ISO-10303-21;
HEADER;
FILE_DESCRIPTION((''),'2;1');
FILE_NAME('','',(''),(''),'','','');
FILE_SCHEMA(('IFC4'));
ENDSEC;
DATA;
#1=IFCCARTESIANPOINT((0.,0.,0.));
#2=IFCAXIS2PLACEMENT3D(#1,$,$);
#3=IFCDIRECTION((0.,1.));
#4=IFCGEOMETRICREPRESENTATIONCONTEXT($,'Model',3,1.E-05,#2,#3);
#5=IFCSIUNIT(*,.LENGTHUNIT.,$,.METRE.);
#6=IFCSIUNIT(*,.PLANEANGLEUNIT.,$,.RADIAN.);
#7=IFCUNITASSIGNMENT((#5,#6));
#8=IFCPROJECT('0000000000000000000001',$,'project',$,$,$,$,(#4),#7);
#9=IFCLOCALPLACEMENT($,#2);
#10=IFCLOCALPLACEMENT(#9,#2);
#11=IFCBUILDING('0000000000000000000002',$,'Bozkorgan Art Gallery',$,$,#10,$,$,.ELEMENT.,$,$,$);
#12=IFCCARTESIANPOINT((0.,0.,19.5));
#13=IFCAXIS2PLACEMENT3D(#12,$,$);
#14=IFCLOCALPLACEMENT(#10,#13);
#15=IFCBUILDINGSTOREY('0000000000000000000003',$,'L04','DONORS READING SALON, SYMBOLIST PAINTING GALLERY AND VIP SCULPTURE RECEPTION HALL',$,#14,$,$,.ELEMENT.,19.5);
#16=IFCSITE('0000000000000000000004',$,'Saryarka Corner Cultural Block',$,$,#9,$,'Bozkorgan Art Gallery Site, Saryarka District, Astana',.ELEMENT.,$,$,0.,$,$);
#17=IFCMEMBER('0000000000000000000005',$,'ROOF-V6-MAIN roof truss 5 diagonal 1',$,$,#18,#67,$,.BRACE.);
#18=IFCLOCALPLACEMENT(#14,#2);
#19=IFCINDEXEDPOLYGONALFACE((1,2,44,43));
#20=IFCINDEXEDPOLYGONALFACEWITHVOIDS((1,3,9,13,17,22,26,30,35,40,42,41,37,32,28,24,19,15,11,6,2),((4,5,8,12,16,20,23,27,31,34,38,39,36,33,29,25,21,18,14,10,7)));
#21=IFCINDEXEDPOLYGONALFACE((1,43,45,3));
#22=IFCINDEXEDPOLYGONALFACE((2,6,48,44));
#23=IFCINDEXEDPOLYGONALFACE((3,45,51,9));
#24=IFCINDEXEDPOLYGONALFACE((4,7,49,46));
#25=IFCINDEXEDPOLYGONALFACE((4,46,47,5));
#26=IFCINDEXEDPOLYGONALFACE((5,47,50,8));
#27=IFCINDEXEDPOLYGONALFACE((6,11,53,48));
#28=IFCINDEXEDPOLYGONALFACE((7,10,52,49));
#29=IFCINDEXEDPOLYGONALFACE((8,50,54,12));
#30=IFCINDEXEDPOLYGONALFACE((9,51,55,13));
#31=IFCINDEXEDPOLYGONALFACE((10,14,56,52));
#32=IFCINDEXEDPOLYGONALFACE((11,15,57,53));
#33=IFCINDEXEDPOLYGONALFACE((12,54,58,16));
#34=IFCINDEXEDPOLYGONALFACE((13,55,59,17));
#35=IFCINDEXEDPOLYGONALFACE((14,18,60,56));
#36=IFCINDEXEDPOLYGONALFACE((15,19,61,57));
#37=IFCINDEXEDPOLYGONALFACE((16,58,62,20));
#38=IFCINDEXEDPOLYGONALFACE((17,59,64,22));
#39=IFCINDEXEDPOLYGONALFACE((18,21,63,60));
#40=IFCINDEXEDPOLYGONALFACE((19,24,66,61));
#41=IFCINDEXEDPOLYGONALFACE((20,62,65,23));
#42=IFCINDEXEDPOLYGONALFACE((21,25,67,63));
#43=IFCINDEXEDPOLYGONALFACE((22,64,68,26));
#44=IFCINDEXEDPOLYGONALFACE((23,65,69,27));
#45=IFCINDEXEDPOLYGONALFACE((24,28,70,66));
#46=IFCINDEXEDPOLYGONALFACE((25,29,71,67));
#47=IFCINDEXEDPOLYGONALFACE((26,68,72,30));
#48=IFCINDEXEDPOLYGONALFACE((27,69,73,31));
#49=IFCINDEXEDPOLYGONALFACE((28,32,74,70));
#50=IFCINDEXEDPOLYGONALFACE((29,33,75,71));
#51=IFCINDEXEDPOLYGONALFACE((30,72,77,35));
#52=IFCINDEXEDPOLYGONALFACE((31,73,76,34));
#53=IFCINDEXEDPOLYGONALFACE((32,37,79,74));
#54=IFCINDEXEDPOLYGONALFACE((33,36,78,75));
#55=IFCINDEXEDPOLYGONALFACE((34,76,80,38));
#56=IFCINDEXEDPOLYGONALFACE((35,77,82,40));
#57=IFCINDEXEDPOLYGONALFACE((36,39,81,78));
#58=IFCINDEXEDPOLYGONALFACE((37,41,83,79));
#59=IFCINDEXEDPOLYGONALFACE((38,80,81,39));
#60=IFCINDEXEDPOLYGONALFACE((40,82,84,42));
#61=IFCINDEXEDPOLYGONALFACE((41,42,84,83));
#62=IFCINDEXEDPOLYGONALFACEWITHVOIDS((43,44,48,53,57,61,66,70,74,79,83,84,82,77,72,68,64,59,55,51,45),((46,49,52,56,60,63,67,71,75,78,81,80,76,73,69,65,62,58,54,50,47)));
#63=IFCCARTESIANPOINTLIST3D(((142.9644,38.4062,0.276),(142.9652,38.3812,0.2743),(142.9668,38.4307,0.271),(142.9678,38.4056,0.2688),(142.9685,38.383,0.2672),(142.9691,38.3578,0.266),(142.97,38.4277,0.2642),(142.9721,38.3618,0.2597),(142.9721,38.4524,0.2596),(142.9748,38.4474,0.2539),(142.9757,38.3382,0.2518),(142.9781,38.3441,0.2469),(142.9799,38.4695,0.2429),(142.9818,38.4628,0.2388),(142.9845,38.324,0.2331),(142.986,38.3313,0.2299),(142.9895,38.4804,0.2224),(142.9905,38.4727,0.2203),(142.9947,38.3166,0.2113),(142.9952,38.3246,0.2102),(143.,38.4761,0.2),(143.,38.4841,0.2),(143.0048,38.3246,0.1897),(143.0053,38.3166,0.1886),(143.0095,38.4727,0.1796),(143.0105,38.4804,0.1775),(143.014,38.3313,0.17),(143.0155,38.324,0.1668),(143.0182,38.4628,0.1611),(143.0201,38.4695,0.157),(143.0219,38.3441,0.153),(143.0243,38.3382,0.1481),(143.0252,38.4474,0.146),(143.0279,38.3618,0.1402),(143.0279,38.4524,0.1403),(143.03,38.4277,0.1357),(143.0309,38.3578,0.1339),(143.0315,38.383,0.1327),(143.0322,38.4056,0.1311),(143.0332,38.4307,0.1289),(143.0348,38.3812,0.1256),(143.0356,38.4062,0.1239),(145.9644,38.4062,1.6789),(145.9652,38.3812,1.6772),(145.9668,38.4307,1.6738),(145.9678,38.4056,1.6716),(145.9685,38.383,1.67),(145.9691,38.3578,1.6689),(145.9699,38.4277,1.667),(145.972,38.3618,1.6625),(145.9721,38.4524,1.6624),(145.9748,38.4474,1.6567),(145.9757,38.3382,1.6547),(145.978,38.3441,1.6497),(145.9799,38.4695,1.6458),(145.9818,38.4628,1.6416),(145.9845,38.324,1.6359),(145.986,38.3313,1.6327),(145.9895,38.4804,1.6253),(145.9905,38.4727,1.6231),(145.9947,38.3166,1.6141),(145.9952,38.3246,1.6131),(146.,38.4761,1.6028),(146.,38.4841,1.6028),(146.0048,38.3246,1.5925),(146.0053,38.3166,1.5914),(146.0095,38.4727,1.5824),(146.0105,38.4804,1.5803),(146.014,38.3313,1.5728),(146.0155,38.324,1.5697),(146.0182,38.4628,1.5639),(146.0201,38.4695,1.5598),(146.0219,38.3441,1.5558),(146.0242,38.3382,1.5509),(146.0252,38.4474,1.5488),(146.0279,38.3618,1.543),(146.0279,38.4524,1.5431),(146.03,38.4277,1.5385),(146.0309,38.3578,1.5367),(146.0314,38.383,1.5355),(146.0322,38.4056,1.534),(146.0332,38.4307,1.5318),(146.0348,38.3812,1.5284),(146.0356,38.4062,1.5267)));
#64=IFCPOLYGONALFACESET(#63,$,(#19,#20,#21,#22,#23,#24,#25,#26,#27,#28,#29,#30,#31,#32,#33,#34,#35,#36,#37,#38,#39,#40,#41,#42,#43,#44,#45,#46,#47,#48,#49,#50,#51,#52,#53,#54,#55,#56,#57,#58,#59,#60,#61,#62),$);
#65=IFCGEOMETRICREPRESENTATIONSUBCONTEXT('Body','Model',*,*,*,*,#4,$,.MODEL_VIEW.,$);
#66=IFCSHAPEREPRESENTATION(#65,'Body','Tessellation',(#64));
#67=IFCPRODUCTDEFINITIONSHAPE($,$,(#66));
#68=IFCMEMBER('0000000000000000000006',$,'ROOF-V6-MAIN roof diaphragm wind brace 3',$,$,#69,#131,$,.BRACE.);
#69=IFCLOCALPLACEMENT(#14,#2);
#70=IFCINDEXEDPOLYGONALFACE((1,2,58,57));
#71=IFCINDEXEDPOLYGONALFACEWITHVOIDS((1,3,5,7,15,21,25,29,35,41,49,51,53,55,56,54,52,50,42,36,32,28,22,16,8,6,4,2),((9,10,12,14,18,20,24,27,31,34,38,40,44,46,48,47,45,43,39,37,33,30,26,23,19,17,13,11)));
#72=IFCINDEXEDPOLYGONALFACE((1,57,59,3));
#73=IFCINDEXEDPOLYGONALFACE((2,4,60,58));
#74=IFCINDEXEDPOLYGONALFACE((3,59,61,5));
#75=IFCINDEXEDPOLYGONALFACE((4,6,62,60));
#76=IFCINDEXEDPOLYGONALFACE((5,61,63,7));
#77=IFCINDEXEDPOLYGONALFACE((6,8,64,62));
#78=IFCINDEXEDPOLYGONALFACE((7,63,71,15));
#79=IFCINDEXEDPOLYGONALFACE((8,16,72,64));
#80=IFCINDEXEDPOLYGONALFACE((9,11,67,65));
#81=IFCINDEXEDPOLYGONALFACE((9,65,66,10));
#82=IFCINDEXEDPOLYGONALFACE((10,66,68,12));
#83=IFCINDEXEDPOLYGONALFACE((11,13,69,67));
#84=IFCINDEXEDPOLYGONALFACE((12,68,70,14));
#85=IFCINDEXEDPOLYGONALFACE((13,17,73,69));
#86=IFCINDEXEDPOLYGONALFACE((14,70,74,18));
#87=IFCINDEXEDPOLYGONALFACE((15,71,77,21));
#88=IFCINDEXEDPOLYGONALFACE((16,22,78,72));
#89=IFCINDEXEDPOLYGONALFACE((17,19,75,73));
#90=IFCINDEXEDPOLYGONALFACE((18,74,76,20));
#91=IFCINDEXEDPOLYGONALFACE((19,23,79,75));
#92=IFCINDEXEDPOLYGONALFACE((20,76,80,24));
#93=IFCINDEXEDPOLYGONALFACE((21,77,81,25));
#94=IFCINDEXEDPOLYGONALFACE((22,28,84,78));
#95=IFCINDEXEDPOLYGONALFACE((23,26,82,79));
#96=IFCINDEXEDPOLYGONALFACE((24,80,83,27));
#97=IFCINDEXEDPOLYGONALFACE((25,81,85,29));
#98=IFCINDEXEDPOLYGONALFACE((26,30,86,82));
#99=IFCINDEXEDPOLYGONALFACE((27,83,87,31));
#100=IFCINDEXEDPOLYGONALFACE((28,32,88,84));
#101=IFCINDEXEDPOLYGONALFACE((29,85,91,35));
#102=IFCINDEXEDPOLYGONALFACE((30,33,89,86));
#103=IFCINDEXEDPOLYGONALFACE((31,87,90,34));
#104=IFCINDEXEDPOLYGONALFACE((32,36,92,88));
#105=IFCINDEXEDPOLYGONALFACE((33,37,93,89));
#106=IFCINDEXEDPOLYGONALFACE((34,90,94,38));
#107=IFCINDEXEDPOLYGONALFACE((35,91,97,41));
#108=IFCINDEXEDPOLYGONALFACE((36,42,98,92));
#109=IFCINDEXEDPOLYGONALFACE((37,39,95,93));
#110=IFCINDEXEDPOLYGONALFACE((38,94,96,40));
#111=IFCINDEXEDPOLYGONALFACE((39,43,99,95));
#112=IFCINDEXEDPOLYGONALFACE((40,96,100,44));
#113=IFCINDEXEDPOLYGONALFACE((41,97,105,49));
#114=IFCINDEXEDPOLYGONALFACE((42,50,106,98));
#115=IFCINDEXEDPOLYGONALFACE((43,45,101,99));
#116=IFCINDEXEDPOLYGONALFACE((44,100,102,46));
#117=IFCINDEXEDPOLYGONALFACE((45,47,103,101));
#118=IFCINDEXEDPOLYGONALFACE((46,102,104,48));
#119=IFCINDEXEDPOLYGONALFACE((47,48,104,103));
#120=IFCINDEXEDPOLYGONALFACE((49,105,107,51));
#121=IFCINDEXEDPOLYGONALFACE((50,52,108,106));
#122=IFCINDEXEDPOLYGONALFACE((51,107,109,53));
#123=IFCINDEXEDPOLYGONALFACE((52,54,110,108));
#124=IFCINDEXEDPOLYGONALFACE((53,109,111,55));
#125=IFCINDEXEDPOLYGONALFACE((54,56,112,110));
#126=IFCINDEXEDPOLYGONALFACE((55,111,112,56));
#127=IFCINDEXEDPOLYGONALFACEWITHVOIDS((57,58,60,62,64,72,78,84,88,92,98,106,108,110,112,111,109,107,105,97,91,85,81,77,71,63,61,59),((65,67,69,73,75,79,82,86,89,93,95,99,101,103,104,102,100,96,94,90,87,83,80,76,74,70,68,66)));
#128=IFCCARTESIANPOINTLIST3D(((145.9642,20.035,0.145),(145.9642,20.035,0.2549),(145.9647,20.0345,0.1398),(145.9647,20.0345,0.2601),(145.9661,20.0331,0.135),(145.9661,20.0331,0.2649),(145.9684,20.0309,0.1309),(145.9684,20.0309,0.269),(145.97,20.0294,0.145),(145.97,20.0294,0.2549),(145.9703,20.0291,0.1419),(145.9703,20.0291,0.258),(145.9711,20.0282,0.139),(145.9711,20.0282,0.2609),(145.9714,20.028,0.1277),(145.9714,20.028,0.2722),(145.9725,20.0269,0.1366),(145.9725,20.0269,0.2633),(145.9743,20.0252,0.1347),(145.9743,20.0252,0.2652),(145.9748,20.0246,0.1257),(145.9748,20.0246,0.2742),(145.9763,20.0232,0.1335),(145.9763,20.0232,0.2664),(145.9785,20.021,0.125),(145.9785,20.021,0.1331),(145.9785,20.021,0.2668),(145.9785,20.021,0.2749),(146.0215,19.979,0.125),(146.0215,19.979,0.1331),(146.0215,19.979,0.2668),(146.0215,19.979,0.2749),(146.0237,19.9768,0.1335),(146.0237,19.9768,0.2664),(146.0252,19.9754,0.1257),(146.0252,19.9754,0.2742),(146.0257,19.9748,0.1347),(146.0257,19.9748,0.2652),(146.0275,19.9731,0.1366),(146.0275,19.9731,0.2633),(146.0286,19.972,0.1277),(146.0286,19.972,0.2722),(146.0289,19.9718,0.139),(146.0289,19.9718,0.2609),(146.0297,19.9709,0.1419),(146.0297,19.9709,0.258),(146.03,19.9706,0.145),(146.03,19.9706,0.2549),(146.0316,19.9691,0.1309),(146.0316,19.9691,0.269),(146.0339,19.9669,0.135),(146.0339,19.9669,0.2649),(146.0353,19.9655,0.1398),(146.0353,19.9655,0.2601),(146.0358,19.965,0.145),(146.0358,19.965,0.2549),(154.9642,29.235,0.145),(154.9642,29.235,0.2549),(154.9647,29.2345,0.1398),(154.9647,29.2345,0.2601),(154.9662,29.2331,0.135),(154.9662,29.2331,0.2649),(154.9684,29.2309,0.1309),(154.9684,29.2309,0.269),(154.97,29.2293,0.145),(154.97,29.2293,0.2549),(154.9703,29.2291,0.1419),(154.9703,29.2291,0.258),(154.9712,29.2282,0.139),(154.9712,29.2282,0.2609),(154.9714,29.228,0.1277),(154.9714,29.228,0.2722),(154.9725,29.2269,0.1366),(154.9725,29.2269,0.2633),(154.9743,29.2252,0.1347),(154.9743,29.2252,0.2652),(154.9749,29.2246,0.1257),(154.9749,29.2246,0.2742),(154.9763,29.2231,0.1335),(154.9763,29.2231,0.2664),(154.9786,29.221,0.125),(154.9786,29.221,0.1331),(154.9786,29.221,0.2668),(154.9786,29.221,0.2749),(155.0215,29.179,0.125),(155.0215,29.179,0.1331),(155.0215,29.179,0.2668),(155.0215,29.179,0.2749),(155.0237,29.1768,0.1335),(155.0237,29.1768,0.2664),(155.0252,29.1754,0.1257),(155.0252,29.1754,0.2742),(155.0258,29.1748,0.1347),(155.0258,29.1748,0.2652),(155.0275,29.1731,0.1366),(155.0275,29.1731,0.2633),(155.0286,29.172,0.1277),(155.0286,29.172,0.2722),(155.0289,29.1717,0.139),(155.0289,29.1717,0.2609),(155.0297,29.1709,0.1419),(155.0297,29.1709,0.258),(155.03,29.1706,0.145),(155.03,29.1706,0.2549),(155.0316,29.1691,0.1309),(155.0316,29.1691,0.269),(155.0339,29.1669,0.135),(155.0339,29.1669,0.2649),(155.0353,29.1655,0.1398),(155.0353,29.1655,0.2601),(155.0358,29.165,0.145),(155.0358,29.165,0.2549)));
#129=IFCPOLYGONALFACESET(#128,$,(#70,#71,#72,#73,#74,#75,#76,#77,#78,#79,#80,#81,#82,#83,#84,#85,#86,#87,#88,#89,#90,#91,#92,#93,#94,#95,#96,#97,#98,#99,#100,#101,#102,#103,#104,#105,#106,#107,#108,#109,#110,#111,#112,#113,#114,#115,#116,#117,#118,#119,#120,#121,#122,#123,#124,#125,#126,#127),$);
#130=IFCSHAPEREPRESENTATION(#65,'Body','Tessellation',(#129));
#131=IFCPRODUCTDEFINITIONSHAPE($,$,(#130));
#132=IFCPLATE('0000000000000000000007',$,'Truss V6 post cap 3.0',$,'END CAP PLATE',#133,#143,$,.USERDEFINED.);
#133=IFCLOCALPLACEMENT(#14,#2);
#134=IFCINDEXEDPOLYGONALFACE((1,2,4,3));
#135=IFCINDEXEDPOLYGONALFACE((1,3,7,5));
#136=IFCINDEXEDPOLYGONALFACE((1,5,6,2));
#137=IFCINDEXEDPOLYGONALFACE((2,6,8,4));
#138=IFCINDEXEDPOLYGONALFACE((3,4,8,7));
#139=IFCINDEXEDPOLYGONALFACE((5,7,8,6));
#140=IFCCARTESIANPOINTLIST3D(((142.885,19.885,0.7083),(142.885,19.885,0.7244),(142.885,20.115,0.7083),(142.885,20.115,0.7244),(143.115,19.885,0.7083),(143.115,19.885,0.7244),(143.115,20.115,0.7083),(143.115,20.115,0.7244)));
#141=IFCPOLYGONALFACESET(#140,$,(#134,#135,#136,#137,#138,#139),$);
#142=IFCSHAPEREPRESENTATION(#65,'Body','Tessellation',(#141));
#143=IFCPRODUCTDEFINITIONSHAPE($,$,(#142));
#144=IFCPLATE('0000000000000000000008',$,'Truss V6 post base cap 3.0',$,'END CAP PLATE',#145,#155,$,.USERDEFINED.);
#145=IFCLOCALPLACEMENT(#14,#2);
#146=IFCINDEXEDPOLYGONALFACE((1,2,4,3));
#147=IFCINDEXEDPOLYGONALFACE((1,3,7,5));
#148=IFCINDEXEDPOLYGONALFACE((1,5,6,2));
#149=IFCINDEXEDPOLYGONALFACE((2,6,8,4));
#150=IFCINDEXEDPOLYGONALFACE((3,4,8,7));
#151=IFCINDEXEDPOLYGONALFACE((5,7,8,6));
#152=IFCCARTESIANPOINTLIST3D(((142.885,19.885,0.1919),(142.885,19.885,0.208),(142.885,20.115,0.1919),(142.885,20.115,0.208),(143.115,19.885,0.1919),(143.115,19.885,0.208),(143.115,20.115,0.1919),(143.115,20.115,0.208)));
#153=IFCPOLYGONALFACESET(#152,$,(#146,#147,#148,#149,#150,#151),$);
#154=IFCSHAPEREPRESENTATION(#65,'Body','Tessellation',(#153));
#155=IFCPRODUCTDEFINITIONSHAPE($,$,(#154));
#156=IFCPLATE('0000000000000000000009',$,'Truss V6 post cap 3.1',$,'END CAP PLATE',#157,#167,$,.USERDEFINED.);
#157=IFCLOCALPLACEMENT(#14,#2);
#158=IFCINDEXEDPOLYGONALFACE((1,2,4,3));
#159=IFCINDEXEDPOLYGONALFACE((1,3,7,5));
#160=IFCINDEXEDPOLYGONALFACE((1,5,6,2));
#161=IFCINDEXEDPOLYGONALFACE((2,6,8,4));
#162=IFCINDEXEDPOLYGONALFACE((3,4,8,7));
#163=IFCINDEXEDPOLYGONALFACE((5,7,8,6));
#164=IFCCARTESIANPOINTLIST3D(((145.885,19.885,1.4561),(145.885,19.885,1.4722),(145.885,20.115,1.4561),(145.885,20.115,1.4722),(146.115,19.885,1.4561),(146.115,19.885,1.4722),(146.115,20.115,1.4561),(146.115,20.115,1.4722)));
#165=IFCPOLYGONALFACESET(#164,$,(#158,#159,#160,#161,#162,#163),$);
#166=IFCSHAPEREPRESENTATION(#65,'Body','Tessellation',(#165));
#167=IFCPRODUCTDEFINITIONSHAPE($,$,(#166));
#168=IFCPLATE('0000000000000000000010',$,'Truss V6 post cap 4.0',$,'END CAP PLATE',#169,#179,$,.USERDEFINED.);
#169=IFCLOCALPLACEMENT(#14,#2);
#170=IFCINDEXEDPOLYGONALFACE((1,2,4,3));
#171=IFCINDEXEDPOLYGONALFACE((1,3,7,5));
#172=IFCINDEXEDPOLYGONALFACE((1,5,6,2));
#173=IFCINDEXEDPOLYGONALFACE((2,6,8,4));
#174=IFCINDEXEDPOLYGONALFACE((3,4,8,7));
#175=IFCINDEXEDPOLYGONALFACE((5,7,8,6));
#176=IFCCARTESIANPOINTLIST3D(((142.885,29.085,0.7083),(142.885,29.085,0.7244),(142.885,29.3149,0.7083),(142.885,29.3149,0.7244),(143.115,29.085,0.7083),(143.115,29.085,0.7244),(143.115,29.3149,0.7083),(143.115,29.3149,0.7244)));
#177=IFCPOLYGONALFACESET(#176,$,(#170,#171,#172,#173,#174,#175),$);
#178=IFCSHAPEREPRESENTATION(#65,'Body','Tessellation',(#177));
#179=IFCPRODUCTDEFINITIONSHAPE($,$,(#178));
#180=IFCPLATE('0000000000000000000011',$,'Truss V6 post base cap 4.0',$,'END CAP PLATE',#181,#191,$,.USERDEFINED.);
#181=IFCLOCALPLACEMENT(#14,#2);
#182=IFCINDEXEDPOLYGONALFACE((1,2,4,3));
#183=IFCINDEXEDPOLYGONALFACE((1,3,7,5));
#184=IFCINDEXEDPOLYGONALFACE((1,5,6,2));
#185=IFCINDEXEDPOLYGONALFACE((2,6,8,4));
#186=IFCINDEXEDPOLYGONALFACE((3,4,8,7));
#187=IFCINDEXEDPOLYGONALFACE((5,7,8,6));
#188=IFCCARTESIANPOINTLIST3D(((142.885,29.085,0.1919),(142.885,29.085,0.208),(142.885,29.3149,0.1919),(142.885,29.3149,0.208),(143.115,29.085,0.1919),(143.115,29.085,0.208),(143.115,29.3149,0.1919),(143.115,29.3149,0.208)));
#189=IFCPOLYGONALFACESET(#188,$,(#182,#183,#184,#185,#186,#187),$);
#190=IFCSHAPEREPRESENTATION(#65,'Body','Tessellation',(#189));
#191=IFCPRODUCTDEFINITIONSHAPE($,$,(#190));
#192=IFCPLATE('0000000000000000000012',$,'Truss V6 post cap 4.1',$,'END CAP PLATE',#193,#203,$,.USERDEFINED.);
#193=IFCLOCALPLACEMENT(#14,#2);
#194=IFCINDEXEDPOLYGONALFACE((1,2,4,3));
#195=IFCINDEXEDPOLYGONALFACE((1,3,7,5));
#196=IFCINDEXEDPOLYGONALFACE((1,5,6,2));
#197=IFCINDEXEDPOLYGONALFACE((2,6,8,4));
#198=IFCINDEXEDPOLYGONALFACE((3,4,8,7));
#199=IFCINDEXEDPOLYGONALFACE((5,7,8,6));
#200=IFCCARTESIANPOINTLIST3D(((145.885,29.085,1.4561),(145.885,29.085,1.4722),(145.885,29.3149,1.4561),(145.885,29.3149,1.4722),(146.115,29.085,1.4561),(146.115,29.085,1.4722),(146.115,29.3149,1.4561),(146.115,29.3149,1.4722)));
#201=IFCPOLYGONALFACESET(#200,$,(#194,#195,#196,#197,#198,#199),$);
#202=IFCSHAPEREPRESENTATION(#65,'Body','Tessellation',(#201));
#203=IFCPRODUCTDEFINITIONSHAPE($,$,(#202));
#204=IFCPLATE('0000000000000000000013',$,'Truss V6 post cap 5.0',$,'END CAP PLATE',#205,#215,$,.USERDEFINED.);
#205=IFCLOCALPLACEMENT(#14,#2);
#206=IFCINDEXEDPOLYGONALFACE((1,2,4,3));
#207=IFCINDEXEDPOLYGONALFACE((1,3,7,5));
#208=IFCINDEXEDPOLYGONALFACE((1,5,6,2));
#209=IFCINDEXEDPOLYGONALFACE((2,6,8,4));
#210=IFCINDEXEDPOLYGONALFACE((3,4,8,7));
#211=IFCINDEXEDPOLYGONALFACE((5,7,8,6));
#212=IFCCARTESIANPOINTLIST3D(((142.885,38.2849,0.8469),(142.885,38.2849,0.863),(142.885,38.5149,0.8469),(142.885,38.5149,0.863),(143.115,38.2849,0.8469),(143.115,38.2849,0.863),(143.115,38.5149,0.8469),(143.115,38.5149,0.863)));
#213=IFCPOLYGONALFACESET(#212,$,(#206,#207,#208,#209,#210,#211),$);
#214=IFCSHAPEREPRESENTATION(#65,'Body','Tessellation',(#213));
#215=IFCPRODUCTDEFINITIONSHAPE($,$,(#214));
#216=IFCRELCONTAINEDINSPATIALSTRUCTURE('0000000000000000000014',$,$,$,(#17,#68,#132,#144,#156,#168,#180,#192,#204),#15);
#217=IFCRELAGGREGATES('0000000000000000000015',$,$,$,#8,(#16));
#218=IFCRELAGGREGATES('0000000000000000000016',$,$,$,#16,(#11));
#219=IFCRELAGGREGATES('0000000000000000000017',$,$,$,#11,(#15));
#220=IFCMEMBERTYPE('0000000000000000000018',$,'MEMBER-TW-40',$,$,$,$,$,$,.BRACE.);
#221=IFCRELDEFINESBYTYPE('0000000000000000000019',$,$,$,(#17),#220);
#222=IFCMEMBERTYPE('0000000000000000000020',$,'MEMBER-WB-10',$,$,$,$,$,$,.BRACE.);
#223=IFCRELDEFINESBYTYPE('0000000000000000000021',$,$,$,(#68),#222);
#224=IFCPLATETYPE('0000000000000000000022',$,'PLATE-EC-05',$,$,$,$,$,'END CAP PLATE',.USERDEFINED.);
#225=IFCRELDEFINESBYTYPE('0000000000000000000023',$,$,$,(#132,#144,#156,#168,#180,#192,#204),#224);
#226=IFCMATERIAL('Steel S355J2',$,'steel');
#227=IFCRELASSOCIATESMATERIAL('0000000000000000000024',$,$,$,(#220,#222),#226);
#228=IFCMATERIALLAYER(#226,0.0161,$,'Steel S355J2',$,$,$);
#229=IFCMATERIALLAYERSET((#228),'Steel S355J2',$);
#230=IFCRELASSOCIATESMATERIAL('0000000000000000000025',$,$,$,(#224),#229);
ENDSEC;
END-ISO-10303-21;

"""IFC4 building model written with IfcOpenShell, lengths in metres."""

from ifc_helpers import new_model, si_unit, direction, frame, origin, origin_2d, place, context, subcontext, project, spatial, rectangle, hollow_rectangle, hollow_circle, extrude, material, layer, layer_set, material_profile, profile_set, type_object, element, save


model = new_model("IFC4")

# Units and contexts
model_context = context("Model", 3, precision=1e-05, world=origin(), true_north=direction((0.0, 1.0)))
body_context = subcontext(model_context, "Body", "Model", "MODEL_VIEW")
ifc_project = project(units=[si_unit("LENGTHUNIT", "METRE"), si_unit("PLANEANGLEUNIT", "RADIAN")], contexts=[model_context])

# Site, building, storey
site_placement = place(None, origin())
site = spatial("IfcSite", under=ifc_project, at=site_placement, Name="Saryarka Corner Cultural Block", LongName="Bozkorgan Art Gallery Site, Saryarka District, Astana", CompositionType="ELEMENT", RefElevation=0.0)
building_placement = place(site_placement, origin())
building = spatial("IfcBuilding", under=site, at=building_placement, Name="Bozkorgan Art Gallery", CompositionType="ELEMENT")
storey_placement = place(building_placement, frame((0.0, 0.0, 19.5)))
storey = spatial("IfcBuildingStorey", under=building, at=storey_placement, Name="L04", Description="DONORS READING SALON, SYMBOLIST PAINTING GALLERY AND VIP SCULPTURE RECEPTION HALL", CompositionType="ELEMENT", Elevation=19.5)

# Shared definitions
ifc_material_1 = material(Name="Steel S355J2", Category="steel")

# Members
ifc_material_profile_1 = material_profile(ifc_material_1, hollow_circle(Radius=0.0842, WallThickness=0.0081, at=origin_2d()), Name="CHS 168.3x8")
ifc_profile_set_1 = profile_set([ifc_material_profile_1], Name="Steel S355J2")
member_type_1 = type_object("IfcMemberType", Name="MEMBER-TW-40", PredefinedType="BRACE", material=ifc_profile_set_1)
member_1_placement = place(storey_placement, frame((143.0, 38.3999, 0.2), z_axis=(0.905855, 0.0, 0.423588), x_axis=(0.0, 1.0, 0.0)))
element("IfcMember", 1, at=member_1_placement, inside=storey, type_object=member_type_1, Name="ROOF-V6-MAIN roof truss 5 diagonal 1", PredefinedType="BRACE", context=body_context, shape_type="SweptSolid", body=[
    extrude(hollow_circle(Radius=0.0842, WallThickness=0.0081, at=origin_2d()), origin(), (0.0, 0.0, 1.0), 3.3118),
])
ifc_material_profile_2 = material_profile(ifc_material_1, hollow_rectangle(XDim=0.1001, YDim=0.1499, WallThickness=0.0081, InnerFilletRadius=0.012, OuterFilletRadius=0.02, at=origin_2d()), Name="RHS 150x100x8")
ifc_profile_set_2 = profile_set([ifc_material_profile_2], Name="Steel S355J2")
member_type_2 = type_object("IfcMemberType", Name="MEMBER-WB-10", PredefinedType="BRACE", material=ifc_profile_set_2)
member_2_placement = place(storey_placement, frame((146.0, 20.0, 0.2), z_axis=(0.699296, 0.714832, 0.0), x_axis=(-0.714832, 0.699296, 0.0)))
element("IfcMember", 2, at=member_2_placement, inside=storey, type_object=member_type_2, Name="ROOF-V6-MAIN roof diaphragm wind brace 3", PredefinedType="BRACE", context=body_context, shape_type="SweptSolid", body=[
    extrude(hollow_rectangle(XDim=0.1001, YDim=0.1499, WallThickness=0.0081, InnerFilletRadius=0.012, OuterFilletRadius=0.02, at=origin_2d()), origin(), (0.0, 0.0, 1.0), 12.8701),
])

# Plates
ifc_layer_1 = layer(ifc_material_1, 0.0161, Name="Steel S355J2")
ifc_layer_set_1 = layer_set([ifc_layer_1], Name="Steel S355J2")
plate_type_1 = type_object("IfcPlateType", Name="PLATE-EC-05", ElementType="END CAP PLATE", PredefinedType="USERDEFINED", material=ifc_layer_set_1)
for number, where, z_axis, x_axis, name in (
    (3, (143.0, 20.0, 0.7083), (0.0, 0.0, 1.0), (1.0, 0.0, 0.0), "Truss V6 post cap 3.0"),
    (4, (143.0, 20.0, 0.1919), (0.0, 0.0, 1.0), (1.0, 0.0, 0.0), "Truss V6 post base cap 3.0"),
    (5, (146.0, 20.0, 1.4561), (0.0, 0.0, 1.0), (1.0, 0.0, 0.0), "Truss V6 post cap 3.1"),
    (6, (143.0, 29.2, 0.7083), (0.0, 0.0, 1.0), (1.0, 0.0, 0.0), "Truss V6 post cap 4.0"),
    (7, (143.0, 29.2, 0.1919), (0.0, 0.0, 1.0), (1.0, 0.0, 0.0), "Truss V6 post base cap 4.0"),
    (8, (146.0, 29.2, 1.4561), (0.0, 0.0, 1.0), (1.0, 0.0, 0.0), "Truss V6 post cap 4.1"),
    (9, (143.0, 38.3999, 0.8469), (0.0, 0.0, 1.0), (1.0, 0.0, 0.0), "Truss V6 post cap 5.0"),
):
    element("IfcPlate", number, at=place(storey_placement, frame(where, z_axis=z_axis, x_axis=x_axis)), inside=storey, type_object=plate_type_1, Name=name, ObjectType="END CAP PLATE", PredefinedType="USERDEFINED", context=body_context, shape_type="SweptSolid", body=[
        extrude(rectangle(XDim=0.23, YDim=0.23, at=origin_2d()), origin(), (0.0, 0.0, 1.0), 0.0161),
    ])

save(model, "model.ifc")
